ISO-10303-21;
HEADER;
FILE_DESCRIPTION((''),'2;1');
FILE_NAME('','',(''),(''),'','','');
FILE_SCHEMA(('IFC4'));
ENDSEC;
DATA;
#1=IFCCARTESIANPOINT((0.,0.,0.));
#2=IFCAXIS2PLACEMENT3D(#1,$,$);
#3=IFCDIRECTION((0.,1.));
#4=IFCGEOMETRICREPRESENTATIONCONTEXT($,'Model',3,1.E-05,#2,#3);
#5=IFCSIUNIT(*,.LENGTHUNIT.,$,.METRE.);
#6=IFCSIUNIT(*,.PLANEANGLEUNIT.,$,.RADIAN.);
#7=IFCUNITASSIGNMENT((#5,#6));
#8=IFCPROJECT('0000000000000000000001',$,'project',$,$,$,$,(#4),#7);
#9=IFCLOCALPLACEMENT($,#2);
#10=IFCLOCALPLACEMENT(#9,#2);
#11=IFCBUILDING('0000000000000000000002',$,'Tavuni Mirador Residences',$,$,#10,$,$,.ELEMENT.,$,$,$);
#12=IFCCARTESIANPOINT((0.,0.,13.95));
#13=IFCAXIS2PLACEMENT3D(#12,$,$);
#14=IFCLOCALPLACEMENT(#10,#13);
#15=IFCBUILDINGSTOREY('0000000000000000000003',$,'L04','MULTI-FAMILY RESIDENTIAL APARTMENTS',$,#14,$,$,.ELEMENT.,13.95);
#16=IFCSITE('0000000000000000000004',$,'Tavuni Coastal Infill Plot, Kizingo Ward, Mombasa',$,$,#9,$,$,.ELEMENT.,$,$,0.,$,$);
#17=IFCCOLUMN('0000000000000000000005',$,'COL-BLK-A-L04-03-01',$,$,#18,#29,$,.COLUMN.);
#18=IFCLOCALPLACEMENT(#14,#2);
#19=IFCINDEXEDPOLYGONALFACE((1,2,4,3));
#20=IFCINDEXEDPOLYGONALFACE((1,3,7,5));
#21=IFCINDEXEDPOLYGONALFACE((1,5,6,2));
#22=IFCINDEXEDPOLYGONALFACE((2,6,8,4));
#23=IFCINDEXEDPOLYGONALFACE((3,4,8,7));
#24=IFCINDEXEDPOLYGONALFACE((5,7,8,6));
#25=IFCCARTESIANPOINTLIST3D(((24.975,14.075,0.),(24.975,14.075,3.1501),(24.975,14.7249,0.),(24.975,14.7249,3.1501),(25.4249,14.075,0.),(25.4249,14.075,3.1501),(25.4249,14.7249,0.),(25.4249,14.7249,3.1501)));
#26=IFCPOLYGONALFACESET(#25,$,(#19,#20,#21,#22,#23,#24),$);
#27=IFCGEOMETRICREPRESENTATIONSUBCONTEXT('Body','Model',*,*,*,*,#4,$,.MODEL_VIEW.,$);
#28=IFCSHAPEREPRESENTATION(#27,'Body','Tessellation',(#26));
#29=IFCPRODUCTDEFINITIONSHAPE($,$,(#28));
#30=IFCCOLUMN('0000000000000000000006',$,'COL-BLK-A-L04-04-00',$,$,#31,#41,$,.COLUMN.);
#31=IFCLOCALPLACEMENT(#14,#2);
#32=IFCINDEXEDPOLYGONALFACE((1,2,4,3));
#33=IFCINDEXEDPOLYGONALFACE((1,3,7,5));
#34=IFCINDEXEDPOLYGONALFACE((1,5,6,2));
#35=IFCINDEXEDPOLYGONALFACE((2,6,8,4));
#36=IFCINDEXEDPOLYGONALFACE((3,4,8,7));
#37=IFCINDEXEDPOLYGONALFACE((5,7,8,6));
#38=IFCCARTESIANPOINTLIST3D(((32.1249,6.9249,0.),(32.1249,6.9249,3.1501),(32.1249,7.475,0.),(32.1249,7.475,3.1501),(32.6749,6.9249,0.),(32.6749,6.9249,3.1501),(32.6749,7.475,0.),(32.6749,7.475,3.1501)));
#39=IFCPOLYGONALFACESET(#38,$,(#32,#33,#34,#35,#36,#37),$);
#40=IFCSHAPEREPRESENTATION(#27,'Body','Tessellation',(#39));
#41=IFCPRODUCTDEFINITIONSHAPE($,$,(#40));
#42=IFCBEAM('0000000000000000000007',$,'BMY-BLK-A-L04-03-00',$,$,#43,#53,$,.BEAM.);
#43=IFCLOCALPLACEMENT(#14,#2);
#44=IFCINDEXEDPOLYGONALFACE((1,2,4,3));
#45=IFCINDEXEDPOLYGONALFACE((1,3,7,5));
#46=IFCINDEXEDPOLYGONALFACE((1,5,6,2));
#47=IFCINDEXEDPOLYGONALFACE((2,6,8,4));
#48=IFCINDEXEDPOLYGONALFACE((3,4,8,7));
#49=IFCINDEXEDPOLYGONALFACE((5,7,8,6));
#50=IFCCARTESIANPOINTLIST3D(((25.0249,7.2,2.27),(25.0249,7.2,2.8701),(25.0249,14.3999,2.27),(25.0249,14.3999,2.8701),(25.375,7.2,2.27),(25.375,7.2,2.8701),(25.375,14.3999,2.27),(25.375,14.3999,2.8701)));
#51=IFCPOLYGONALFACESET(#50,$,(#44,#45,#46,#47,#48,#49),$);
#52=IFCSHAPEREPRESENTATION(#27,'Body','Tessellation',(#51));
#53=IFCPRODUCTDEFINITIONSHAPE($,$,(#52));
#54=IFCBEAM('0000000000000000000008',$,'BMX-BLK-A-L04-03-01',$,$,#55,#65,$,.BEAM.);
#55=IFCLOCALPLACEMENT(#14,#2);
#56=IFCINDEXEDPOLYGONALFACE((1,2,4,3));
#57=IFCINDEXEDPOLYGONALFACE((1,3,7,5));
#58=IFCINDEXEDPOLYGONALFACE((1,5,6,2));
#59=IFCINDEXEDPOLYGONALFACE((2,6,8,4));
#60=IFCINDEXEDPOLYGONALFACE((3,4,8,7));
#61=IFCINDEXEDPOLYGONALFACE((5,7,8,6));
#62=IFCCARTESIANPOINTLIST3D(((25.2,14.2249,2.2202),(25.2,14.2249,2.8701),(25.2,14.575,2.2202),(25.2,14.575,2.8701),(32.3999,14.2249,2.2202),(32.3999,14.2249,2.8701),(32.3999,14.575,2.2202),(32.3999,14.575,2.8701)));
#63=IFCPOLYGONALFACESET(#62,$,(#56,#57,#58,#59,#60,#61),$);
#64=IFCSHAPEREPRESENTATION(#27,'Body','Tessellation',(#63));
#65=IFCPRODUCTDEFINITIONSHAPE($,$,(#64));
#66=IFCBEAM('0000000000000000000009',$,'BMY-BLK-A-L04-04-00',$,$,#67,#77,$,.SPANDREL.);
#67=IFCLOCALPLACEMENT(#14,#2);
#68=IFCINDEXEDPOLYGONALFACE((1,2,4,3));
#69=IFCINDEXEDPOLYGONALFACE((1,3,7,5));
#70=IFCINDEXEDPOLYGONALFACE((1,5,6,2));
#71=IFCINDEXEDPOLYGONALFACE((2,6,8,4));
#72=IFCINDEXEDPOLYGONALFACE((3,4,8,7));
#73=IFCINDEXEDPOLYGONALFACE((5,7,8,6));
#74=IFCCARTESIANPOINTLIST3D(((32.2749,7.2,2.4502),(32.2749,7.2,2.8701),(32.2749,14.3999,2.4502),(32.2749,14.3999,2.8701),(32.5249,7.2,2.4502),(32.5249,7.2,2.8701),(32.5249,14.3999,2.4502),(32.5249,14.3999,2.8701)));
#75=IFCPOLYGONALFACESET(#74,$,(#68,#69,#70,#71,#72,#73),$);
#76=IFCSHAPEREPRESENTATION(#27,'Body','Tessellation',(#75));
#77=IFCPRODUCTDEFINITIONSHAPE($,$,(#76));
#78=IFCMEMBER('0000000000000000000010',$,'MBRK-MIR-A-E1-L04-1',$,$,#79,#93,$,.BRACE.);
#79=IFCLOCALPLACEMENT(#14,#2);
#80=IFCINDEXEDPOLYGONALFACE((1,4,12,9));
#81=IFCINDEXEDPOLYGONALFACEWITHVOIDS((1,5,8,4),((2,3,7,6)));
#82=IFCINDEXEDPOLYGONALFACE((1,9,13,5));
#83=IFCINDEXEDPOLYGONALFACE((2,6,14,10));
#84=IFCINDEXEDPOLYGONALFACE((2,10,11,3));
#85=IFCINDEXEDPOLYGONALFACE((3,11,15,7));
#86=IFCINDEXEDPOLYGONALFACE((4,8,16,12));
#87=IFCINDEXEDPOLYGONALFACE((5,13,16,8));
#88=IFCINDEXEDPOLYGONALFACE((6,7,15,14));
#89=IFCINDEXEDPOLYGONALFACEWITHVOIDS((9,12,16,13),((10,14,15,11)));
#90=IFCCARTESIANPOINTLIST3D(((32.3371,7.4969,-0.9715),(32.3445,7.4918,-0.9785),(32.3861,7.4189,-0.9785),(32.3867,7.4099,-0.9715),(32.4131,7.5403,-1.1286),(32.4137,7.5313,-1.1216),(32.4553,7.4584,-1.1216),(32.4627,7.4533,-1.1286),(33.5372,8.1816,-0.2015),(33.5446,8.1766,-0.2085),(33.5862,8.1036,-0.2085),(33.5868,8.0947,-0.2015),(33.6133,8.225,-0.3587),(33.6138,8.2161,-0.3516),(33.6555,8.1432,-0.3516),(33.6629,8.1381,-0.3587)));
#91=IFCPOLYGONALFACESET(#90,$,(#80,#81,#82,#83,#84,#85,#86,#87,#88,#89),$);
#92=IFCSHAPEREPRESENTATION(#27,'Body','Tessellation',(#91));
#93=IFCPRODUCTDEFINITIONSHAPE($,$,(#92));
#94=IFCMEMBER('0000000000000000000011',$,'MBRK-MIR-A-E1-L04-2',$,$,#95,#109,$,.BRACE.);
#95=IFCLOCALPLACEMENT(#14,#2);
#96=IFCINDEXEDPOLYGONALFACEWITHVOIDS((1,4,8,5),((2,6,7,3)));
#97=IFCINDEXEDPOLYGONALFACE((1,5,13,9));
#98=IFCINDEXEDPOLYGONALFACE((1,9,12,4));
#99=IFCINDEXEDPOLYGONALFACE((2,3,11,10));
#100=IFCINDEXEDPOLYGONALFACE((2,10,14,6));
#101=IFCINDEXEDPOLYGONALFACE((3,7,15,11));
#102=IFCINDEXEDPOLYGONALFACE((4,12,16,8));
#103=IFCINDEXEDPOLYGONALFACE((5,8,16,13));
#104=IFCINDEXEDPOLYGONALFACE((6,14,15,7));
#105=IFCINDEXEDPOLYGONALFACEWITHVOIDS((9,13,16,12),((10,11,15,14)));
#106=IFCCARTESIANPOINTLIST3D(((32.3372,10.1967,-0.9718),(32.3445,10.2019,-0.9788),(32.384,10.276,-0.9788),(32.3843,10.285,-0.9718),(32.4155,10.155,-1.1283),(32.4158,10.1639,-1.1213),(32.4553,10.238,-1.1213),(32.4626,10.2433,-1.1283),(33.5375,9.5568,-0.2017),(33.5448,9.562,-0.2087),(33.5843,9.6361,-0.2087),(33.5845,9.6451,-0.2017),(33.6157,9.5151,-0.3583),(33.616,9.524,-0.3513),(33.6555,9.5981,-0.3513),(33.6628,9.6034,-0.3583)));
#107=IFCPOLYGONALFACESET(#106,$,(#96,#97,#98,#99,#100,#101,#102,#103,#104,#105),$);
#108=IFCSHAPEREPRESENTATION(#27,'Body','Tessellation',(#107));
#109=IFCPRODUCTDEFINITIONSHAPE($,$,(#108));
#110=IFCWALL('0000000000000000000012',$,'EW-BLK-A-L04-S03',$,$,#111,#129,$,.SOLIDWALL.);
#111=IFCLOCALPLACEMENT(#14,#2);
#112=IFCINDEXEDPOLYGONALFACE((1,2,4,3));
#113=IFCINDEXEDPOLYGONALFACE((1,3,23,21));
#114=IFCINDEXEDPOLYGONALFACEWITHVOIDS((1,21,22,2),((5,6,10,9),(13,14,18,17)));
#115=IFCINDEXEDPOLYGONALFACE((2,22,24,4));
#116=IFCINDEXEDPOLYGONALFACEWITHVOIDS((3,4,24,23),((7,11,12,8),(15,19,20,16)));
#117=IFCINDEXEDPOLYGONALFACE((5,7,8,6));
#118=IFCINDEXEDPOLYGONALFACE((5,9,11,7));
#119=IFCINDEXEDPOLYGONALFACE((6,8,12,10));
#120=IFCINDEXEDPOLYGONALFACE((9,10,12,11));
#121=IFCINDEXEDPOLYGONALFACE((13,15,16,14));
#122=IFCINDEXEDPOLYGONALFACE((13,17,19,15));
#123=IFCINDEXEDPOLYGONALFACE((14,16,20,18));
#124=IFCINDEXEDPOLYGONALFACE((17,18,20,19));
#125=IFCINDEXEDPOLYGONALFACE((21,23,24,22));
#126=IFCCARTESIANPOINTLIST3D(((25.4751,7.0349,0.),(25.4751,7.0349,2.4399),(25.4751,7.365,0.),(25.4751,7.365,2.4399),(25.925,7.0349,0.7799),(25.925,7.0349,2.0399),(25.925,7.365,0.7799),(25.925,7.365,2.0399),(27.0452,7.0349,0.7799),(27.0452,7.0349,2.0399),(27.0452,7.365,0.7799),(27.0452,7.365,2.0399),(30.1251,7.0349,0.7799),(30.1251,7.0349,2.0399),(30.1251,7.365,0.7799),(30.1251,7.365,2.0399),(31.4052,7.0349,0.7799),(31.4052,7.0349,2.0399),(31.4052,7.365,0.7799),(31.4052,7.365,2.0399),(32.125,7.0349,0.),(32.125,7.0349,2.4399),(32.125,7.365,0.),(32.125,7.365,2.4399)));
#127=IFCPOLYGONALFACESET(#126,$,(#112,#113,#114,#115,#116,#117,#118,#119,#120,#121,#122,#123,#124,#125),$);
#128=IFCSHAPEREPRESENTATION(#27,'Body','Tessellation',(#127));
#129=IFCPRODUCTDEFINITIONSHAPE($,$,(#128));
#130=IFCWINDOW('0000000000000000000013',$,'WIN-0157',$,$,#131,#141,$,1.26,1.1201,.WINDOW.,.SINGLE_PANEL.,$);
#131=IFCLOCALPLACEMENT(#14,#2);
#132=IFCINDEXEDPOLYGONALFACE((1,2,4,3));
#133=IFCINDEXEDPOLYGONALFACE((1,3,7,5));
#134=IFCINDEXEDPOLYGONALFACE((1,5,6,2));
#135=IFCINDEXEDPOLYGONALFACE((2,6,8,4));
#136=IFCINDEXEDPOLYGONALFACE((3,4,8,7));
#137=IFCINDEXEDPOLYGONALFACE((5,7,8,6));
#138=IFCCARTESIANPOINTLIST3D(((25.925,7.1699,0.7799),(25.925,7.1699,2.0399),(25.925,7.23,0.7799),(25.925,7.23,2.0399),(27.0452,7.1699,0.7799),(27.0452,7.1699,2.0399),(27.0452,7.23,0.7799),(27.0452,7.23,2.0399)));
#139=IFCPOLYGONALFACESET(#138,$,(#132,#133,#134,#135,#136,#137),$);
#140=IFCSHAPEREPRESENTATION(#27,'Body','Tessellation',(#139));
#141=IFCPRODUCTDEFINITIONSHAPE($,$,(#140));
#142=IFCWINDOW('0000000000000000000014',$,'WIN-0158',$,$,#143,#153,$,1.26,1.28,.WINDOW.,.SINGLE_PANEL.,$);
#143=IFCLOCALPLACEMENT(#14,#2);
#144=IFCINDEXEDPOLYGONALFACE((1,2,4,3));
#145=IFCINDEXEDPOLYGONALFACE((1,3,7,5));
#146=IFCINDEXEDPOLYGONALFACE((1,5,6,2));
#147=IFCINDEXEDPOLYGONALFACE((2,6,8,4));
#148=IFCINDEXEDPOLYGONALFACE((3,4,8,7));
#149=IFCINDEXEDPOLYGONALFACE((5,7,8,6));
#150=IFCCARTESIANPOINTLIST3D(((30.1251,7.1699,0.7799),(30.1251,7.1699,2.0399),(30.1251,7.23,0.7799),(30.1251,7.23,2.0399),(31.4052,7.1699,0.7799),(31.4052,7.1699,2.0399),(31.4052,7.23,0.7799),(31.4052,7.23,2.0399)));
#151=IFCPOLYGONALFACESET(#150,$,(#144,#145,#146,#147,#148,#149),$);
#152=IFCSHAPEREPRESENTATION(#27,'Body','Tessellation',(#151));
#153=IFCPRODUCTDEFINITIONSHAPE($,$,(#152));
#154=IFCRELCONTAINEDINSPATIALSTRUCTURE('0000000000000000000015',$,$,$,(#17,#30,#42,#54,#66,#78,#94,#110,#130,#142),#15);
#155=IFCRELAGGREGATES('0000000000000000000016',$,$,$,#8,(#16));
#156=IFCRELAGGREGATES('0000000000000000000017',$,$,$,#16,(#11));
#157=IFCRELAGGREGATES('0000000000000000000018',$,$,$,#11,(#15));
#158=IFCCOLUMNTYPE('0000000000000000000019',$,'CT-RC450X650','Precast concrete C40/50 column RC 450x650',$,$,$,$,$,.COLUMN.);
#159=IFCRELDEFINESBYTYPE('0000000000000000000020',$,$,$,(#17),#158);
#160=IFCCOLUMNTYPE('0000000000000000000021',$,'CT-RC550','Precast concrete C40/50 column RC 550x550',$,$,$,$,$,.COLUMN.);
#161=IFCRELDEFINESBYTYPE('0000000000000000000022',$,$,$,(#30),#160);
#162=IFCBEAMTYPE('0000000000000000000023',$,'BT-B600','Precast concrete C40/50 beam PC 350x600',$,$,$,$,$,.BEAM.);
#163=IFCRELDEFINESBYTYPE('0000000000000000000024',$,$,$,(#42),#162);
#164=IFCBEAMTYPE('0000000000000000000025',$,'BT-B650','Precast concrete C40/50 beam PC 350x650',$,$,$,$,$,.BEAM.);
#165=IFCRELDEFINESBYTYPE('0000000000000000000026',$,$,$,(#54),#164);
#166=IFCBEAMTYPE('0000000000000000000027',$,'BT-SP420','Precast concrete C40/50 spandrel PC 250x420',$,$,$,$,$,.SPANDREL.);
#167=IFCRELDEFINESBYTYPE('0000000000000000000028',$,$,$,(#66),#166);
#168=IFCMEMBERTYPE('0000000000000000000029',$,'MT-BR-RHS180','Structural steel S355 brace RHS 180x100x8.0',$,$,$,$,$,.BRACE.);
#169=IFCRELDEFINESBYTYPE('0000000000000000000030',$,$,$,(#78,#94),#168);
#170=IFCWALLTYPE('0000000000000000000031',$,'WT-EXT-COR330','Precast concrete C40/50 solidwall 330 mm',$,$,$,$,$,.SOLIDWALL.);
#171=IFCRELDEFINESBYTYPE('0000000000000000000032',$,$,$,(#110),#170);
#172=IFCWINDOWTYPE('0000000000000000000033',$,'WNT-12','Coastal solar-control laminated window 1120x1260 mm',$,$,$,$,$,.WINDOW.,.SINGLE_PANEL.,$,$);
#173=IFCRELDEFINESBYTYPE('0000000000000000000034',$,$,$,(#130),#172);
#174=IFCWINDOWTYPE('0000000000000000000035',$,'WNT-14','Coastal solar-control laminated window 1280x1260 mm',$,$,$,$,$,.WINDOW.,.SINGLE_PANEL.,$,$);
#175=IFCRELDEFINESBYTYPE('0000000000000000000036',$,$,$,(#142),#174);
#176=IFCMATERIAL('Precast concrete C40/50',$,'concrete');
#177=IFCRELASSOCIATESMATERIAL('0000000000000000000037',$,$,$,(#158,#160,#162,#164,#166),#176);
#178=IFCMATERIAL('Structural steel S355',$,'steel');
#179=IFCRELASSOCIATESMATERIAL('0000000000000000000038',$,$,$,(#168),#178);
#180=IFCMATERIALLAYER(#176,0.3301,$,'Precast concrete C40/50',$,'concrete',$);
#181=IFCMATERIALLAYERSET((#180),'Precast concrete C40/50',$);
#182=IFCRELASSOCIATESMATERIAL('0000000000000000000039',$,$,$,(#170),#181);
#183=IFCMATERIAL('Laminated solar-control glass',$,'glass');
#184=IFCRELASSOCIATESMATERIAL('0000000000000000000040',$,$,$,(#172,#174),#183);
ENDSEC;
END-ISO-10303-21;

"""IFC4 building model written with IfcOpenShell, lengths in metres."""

from ifc_helpers import new_model, si_unit, direction, frame, frame_2d, origin, origin_2d, place, context, subcontext, project, spatial, rectangle, hollow_rectangle, extrude, material, layer, layer_set, material_profile, profile_set, type_object, element, fill, save


model = new_model("IFC4")

# Units and contexts
model_context = context("Model", 3, precision=1e-05, world=origin(), true_north=direction((0.0, 1.0)))
body_context = subcontext(model_context, "Body", "Model", "MODEL_VIEW")
ifc_project = project(units=[si_unit("LENGTHUNIT", "METRE"), si_unit("PLANEANGLEUNIT", "RADIAN")], contexts=[model_context])

# Site, building, storey
site_placement = place(None, origin())
site = spatial("IfcSite", under=ifc_project, at=site_placement, Name="Tavuni Coastal Infill Plot, Kizingo Ward, Mombasa", CompositionType="ELEMENT", RefElevation=0.0)
building_placement = place(site_placement, origin())
building = spatial("IfcBuilding", under=site, at=building_placement, Name="Tavuni Mirador Residences", CompositionType="ELEMENT")
storey_placement = place(building_placement, frame((0.0, 0.0, 13.95)))
storey = spatial("IfcBuildingStorey", under=building, at=storey_placement, Name="L04", Description="MULTI-FAMILY RESIDENTIAL APARTMENTS", CompositionType="ELEMENT", Elevation=13.95)

# Columns
ifc_material_1 = material(Name="Precast concrete C40/50", Category="concrete")
ifc_material_profile_1 = material_profile(ifc_material_1, rectangle(XDim=0.45, YDim=0.6499, at=origin_2d()), Name="RC 450x650", Category="concrete")
ifc_profile_set_1 = profile_set([ifc_material_profile_1], Name="Precast concrete C40/50")
column_type_1 = type_object("IfcColumnType", Name="CT-RC450X650", Description="Precast concrete C40/50 column RC 450x650", PredefinedType="COLUMN", material=ifc_profile_set_1)
column_1_placement = place(storey_placement, frame((25.2, 14.3999, 0.0), z_axis=(0.0, 0.0, 1.0), x_axis=(1.0, 0.0, 0.0)))
element("IfcColumn", 1, at=column_1_placement, inside=storey, type_object=column_type_1, Name="COL-BLK-A-L04-03-01", PredefinedType="COLUMN", context=body_context, shape_type="SweptSolid", body=[
    extrude(rectangle(XDim=0.45, YDim=0.6499, at=origin_2d()), origin(), (0.0, 0.0, 1.0), 3.1501),
])
ifc_material_profile_2 = material_profile(ifc_material_1, rectangle(XDim=0.55, YDim=0.55, at=origin_2d()), Name="RC 550x550", Category="concrete")
ifc_profile_set_2 = profile_set([ifc_material_profile_2], Name="Precast concrete C40/50")
column_type_2 = type_object("IfcColumnType", Name="CT-RC550", Description="Precast concrete C40/50 column RC 550x550", PredefinedType="COLUMN", material=ifc_profile_set_2)
column_2_placement = place(storey_placement, frame((32.3999, 7.2, 0.0), z_axis=(0.0, 0.0, 1.0), x_axis=(1.0, 0.0, 0.0)))
element("IfcColumn", 2, at=column_2_placement, inside=storey, type_object=column_type_2, Name="COL-BLK-A-L04-04-00", PredefinedType="COLUMN", context=body_context, shape_type="SweptSolid", body=[
    extrude(rectangle(XDim=0.55, YDim=0.55, at=origin_2d()), origin(), (0.0, 0.0, 1.0), 3.1501),
])

# Beams
ifc_material_profile_3 = material_profile(ifc_material_1, rectangle(XDim=0.3501, YDim=0.6001, at=origin_2d()), Name="PC 350x600", Category="concrete")
ifc_profile_set_3 = profile_set([ifc_material_profile_3], Name="Precast concrete C40/50")
beam_type_1 = type_object("IfcBeamType", Name="BT-B600", Description="Precast concrete C40/50 beam PC 350x600", PredefinedType="BEAM", material=ifc_profile_set_3)
beam_1_placement = place(storey_placement, frame((25.2, 7.2, 2.5701), z_axis=(0.0, 1.0, 0.0), x_axis=(-1.0, 0.0, 0.0)))
element("IfcBeam", 3, at=beam_1_placement, inside=storey, type_object=beam_type_1, Name="BMY-BLK-A-L04-03-00", PredefinedType="BEAM", context=body_context, shape_type="SweptSolid", body=[
    extrude(rectangle(XDim=0.3501, YDim=0.6001, at=origin_2d()), origin(), (0.0, 0.0, 1.0), 7.2),
])
ifc_material_profile_4 = material_profile(ifc_material_1, rectangle(XDim=0.3501, YDim=0.6499, at=origin_2d()), Name="PC 350x650", Category="concrete")
ifc_profile_set_4 = profile_set([ifc_material_profile_4], Name="Precast concrete C40/50")
beam_type_2 = type_object("IfcBeamType", Name="BT-B650", Description="Precast concrete C40/50 beam PC 350x650", PredefinedType="BEAM", material=ifc_profile_set_4)
beam_2_placement = place(storey_placement, frame((25.2, 14.3999, 2.5452), z_axis=(1.0, 0.0, 0.0), x_axis=(0.0, 1.0, 0.0)))
element("IfcBeam", 4, at=beam_2_placement, inside=storey, type_object=beam_type_2, Name="BMX-BLK-A-L04-03-01", PredefinedType="BEAM", context=body_context, shape_type="SweptSolid", body=[
    extrude(rectangle(XDim=0.3501, YDim=0.6499, at=origin_2d()), origin(), (0.0, 0.0, 1.0), 7.2),
])
ifc_material_profile_5 = material_profile(ifc_material_1, rectangle(XDim=0.25, YDim=0.4199, at=origin_2d()), Name="PC 250x420", Category="concrete")
ifc_profile_set_5 = profile_set([ifc_material_profile_5], Name="Precast concrete C40/50")
beam_type_3 = type_object("IfcBeamType", Name="BT-SP420", Description="Precast concrete C40/50 spandrel PC 250x420", PredefinedType="SPANDREL", material=ifc_profile_set_5)
beam_3_placement = place(storey_placement, frame((32.3999, 7.2, 2.6602), z_axis=(0.0, 1.0, 0.0), x_axis=(-1.0, 0.0, 0.0)))
element("IfcBeam", 5, at=beam_3_placement, inside=storey, type_object=beam_type_3, Name="BMY-BLK-A-L04-04-00", PredefinedType="SPANDREL", context=body_context, shape_type="SweptSolid", body=[
    extrude(rectangle(XDim=0.25, YDim=0.4199, at=origin_2d()), origin(), (0.0, 0.0, 1.0), 7.2),
])

# Members
ifc_material_2 = material(Name="Structural steel S355", Category="steel")
ifc_material_profile_6 = material_profile(ifc_material_2, hollow_rectangle(XDim=0.1001, YDim=0.1799, WallThickness=0.0081, at=origin_2d()), Name="RHS 180x100x8.0", Category="steel")
ifc_profile_set_6 = profile_set([ifc_material_profile_6], Name="Structural steel S355")
member_type = type_object("IfcMemberType", Name="MT-BR-RHS180", Description="Structural steel S355 brace RHS 180x100x8.0", PredefinedType="BRACE", material=ifc_profile_set_6)
member_1_placement = place(storey_placement, frame((32.3999, 7.4751, -1.05), z_axis=(0.758711, 0.43291, 0.486772), x_axis=(-0.495587, 0.868558, 0.0)))
element("IfcMember", 6, at=member_1_placement, inside=storey, type_object=member_type, Name="MBRK-MIR-A-E1-L04-1", PredefinedType="BRACE", context=body_context, shape_type="SweptSolid", body=[
    extrude(hollow_rectangle(XDim=0.1001, YDim=0.1799, WallThickness=0.0081, at=origin_2d()), origin(), (0.0, 0.0, 1.0), 1.5818),
])
member_2_placement = place(storey_placement, frame((32.3999, 10.22, -1.05), z_axis=(0.767896, -0.409409, 0.492666), x_axis=(0.470467, 0.882418, 0.0)))
element("IfcMember", 7, at=member_2_placement, inside=storey, type_object=member_type, Name="MBRK-MIR-A-E1-L04-2", PredefinedType="BRACE", context=body_context, shape_type="SweptSolid", body=[
    extrude(hollow_rectangle(XDim=0.1001, YDim=0.1799, WallThickness=0.0081, at=origin_2d()), origin(), (0.0, 0.0, 1.0), 1.563),
])

# Wall, openings, windows
ifc_layer_1 = layer(ifc_material_1, 0.3301, Name="Precast concrete C40/50", Category="concrete")
ifc_layer_set_1 = layer_set([ifc_layer_1], Name="Precast concrete C40/50")
wall_type_1 = type_object("IfcWallType", Name="WT-EXT-COR330", Description="Precast concrete C40/50 solidwall 330 mm", PredefinedType="SOLIDWALL", material=ifc_layer_set_1)
wall_1_placement = place(storey_placement, frame((25.4751, 7.2, 0.0), z_axis=(0.0, 0.0, 1.0), x_axis=(1.0, 0.0, 0.0)))
wall_1 = element("IfcWall", 8, at=wall_1_placement, inside=storey, type_object=wall_type_1, Name="EW-BLK-A-L04-S03", PredefinedType="SOLIDWALL", context=body_context, shape_type="SweptSolid", body=[
    extrude(rectangle(XDim=6.6499, YDim=0.3301, at=frame_2d((3.325, 0.0))), origin(), (0.0, 0.0, 1.0), 2.4399),
])
opening_1_placement = place(wall_1_placement, frame((0.45, 0.0, 0.78)))
opening_1 = element("IfcOpeningElement", 9, at=opening_1_placement, cuts=wall_1, PredefinedType="OPENING", context=body_context, shape_type="SweptSolid", body=[
    extrude(rectangle(XDim=1.1201, YDim=1.26, at=frame_2d((0.5601, 0.6299))), frame((0.0, 0.175, 0.0), z_axis=(0.0, -1.0, 0.0), x_axis=(1.0, 0.0, 0.0)), (0.0, 0.0, 1.0), 0.3501),
])
opening_2_placement = place(wall_1_placement, frame((4.6499, 0.0, 0.78)))
opening_2 = element("IfcOpeningElement", 10, at=opening_2_placement, cuts=wall_1, PredefinedType="OPENING", context=body_context, shape_type="SweptSolid", body=[
    extrude(rectangle(XDim=1.28, YDim=1.26, at=frame_2d((0.6401, 0.6299))), frame((0.0, 0.175, 0.0), z_axis=(0.0, -1.0, 0.0), x_axis=(1.0, 0.0, 0.0)), (0.0, 0.0, 1.0), 0.3501),
])
ifc_material_3 = material(Name="Laminated solar-control glass", Category="glass")
window_type_1 = type_object("IfcWindowType", Name="WNT-12", Description="Coastal solar-control laminated window 1120x1260 mm", PartitioningType="SINGLE_PANEL", PredefinedType="WINDOW", material=ifc_material_3)
window_1_placement = place(opening_1_placement, origin())
window_1 = element("IfcWindow", 11, at=window_1_placement, inside=storey, type_object=window_type_1, Name="WIN-0157", OverallHeight=1.26, OverallWidth=1.1201, PartitioningType="SINGLE_PANEL", PredefinedType="WINDOW", context=body_context, shape_type="SweptSolid", body=[
    extrude(rectangle(XDim=1.1201, YDim=1.26, at=frame_2d((0.5601, 0.6299))), frame((0.0, 0.03, 0.0), z_axis=(0.0, -1.0, 0.0), x_axis=(1.0, 0.0, 0.0)), (0.0, 0.0, 1.0), 0.0601),
])
fill(opening_1, window_1)
window_type_2 = type_object("IfcWindowType", Name="WNT-14", Description="Coastal solar-control laminated window 1280x1260 mm", PartitioningType="SINGLE_PANEL", PredefinedType="WINDOW", material=ifc_material_3)
window_2_placement = place(opening_2_placement, origin())
window_2 = element("IfcWindow", 12, at=window_2_placement, inside=storey, type_object=window_type_2, Name="WIN-0158", OverallHeight=1.26, OverallWidth=1.28, PartitioningType="SINGLE_PANEL", PredefinedType="WINDOW", context=body_context, shape_type="SweptSolid", body=[
    extrude(rectangle(XDim=1.28, YDim=1.26, at=frame_2d((0.6401, 0.6299))), frame((0.0, 0.03, 0.0), z_axis=(0.0, -1.0, 0.0), x_axis=(1.0, 0.0, 0.0)), (0.0, 0.0, 1.0), 0.0601),
])
fill(opening_2, window_2)

save(model, "model.ifc")
